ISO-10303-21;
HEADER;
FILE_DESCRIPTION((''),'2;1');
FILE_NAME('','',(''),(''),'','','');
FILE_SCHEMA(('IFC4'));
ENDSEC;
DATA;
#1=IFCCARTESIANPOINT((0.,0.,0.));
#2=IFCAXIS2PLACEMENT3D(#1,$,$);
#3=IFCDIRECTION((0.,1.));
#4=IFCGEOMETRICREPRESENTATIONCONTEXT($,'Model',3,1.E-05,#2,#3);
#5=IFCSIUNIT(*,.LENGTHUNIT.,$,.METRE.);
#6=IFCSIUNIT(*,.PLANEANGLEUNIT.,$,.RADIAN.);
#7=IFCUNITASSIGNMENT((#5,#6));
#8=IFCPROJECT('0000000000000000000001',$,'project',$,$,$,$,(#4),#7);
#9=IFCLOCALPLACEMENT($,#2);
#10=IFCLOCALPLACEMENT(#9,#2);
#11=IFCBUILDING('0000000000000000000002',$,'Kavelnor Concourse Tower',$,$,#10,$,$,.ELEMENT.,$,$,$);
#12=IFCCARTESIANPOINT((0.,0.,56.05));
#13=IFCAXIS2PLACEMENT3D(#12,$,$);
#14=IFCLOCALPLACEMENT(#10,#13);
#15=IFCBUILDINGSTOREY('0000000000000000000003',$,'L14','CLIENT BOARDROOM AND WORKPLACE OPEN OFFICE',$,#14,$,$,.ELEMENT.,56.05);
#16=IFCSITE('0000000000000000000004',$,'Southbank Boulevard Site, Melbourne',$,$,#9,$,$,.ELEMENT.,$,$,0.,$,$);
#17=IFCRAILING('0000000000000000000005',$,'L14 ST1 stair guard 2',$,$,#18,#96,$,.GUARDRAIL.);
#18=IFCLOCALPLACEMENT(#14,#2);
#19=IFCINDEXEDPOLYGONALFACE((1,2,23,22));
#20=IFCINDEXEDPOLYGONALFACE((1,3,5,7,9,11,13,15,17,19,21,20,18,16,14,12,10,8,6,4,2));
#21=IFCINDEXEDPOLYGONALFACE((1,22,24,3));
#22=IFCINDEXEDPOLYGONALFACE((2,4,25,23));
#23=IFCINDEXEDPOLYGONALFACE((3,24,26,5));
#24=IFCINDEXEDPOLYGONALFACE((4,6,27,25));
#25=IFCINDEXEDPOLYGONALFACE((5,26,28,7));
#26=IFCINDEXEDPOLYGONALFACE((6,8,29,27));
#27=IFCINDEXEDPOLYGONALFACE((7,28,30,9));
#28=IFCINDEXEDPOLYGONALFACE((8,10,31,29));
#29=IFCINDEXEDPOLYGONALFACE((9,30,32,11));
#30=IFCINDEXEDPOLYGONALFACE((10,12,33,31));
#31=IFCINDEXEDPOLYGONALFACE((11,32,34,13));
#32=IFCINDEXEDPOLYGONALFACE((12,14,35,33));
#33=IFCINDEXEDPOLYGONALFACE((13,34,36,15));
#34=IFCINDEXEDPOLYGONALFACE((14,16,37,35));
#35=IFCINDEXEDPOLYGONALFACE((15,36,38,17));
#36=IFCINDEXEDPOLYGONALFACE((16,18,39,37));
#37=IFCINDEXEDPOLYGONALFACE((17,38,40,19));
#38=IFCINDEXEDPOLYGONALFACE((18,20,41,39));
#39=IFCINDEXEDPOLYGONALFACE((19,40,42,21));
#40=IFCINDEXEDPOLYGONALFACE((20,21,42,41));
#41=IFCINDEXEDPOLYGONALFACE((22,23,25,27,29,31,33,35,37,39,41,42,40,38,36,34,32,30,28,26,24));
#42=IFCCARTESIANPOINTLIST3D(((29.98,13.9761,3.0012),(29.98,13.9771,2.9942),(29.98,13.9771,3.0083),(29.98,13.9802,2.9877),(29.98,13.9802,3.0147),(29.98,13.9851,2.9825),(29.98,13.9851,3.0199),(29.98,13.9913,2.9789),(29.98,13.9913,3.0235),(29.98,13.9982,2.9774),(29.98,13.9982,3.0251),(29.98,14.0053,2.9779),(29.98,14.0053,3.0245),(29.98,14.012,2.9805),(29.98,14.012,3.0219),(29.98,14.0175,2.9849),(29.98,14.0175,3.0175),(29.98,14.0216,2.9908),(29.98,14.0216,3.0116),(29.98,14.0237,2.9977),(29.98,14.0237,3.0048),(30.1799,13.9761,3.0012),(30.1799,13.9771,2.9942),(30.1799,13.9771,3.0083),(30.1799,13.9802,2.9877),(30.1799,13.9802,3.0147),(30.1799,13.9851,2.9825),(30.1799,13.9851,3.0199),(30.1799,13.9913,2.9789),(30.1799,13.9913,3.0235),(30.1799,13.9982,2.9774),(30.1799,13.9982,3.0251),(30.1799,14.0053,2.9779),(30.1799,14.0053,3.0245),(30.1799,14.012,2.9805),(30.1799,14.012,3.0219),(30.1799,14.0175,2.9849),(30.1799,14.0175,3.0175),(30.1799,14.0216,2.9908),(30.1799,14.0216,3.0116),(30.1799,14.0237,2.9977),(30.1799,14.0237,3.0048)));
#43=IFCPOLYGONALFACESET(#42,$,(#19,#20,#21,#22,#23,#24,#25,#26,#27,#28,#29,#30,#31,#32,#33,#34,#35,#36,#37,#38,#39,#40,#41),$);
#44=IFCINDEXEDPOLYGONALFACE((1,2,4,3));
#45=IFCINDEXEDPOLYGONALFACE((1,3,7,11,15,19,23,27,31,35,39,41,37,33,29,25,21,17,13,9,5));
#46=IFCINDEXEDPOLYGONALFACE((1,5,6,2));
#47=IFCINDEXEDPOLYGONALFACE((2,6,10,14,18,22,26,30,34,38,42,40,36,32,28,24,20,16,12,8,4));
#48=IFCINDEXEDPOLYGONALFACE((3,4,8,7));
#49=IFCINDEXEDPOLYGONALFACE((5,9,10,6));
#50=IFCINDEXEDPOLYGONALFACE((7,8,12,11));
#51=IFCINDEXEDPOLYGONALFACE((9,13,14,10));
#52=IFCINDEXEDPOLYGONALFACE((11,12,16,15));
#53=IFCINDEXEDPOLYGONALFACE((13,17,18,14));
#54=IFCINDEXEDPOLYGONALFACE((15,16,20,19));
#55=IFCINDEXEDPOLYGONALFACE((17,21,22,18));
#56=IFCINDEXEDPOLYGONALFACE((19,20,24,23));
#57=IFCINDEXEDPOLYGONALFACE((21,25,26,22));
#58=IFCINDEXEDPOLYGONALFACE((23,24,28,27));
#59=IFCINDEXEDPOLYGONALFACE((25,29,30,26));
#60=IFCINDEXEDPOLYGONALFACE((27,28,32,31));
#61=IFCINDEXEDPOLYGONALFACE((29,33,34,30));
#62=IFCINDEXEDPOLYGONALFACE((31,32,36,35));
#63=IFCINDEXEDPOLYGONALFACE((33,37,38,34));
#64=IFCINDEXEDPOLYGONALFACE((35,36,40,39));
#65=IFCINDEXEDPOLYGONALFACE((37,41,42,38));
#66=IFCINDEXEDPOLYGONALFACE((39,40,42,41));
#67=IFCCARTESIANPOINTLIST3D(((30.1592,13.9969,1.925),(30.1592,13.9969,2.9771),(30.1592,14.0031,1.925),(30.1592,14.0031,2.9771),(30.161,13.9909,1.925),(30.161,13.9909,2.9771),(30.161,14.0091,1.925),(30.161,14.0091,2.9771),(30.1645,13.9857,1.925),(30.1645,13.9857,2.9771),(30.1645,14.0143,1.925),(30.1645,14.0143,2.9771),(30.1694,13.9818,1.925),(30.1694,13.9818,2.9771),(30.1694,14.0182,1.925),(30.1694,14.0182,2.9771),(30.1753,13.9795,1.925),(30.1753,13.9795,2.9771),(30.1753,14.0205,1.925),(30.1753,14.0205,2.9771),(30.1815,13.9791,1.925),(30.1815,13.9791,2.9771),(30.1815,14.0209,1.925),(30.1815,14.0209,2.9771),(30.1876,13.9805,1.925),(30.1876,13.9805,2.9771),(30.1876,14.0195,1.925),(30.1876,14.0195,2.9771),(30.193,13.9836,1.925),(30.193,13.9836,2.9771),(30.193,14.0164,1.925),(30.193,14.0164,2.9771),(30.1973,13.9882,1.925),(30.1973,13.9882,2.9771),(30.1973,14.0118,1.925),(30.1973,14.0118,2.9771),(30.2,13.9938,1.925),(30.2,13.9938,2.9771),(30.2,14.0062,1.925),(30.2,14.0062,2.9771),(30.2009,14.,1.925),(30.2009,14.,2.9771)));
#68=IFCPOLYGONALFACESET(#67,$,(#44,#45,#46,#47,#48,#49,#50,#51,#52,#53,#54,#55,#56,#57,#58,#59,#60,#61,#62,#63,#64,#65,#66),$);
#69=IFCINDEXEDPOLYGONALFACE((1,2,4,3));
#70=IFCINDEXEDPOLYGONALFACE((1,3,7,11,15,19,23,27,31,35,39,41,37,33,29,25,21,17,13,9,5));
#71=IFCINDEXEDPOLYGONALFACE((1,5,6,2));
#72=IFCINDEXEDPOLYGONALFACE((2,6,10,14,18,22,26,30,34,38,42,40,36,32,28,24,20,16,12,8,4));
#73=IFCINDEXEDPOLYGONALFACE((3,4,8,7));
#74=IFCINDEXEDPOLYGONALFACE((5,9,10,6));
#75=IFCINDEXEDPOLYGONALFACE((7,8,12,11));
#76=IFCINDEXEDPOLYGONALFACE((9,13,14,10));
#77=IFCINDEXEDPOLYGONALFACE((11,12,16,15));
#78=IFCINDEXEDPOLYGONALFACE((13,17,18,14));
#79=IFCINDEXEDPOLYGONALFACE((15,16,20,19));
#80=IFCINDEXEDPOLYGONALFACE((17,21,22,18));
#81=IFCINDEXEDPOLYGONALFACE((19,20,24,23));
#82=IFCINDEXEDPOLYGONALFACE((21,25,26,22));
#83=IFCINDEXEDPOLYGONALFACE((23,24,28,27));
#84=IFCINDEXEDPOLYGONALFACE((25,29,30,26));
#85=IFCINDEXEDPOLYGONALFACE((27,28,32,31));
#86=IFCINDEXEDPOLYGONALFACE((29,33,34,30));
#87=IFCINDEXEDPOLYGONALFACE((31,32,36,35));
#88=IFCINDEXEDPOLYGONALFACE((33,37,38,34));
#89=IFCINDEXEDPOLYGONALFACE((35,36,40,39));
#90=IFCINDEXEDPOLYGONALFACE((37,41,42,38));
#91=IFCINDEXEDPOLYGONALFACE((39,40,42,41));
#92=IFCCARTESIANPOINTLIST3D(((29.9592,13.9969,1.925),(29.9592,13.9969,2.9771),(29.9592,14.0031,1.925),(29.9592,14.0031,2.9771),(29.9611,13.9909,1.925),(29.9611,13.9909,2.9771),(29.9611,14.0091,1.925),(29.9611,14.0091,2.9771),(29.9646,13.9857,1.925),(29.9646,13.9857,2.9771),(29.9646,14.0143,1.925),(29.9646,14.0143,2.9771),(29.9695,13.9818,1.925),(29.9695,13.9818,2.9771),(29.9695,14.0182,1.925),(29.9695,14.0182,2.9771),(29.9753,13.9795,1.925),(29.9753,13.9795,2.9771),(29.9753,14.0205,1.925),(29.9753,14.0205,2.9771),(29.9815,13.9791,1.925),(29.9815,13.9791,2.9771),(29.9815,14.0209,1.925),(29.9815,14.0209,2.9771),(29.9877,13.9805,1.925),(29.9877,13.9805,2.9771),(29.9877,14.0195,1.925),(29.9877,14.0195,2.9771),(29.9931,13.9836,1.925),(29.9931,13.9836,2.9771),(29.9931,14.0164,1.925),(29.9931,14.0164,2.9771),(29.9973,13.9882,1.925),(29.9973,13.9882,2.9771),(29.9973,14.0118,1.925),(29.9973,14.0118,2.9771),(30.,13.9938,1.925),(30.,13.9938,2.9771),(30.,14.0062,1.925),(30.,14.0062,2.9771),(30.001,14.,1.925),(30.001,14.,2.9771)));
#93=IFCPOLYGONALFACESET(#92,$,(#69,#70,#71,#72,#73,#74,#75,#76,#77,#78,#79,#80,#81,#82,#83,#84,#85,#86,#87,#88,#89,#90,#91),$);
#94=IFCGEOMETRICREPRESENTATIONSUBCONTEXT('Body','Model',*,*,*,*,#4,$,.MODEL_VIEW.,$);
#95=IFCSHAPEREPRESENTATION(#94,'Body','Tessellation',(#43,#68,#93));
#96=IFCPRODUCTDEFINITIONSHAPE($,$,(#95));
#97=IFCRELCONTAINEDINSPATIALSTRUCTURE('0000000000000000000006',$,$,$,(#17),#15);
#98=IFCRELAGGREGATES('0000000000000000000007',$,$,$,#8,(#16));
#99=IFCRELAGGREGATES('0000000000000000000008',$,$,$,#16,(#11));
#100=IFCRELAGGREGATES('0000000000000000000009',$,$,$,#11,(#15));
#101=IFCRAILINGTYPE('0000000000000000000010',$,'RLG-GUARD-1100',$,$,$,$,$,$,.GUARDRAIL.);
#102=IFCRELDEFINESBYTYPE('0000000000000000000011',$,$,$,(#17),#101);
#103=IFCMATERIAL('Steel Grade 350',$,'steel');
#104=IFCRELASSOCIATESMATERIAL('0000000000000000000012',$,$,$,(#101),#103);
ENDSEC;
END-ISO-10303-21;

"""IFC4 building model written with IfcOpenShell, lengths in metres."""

from ifc_helpers import new_model, si_unit, direction, frame, origin, origin_2d, place, context, subcontext, project, spatial, circle, extrude, material, type_object, element, save


model = new_model("IFC4")

# Units and contexts
model_context = context("Model", 3, precision=1e-05, world=origin(), true_north=direction((0.0, 1.0)))
body_context = subcontext(model_context, "Body", "Model", "MODEL_VIEW")
ifc_project = project(units=[si_unit("LENGTHUNIT", "METRE"), si_unit("PLANEANGLEUNIT", "RADIAN")], contexts=[model_context])

# Site, building, storey
site_placement = place(None, origin())
site = spatial("IfcSite", under=ifc_project, at=site_placement, Name="Southbank Boulevard Site, Melbourne", CompositionType="ELEMENT", RefElevation=0.0)
building_placement = place(site_placement, origin())
building = spatial("IfcBuilding", under=site, at=building_placement, Name="Kavelnor Concourse Tower", CompositionType="ELEMENT")
storey_placement = place(building_placement, frame((0.0, 0.0, 56.05)))
storey = spatial("IfcBuildingStorey", under=building, at=storey_placement, Name="L14", Description="CLIENT BOARDROOM AND WORKPLACE OPEN OFFICE", CompositionType="ELEMENT", Elevation=56.05)

# Shared definitions
ifc_material_1 = material(Name="Steel Grade 350", Category="steel")

# Railing
railing_type_1 = type_object("IfcRailingType", Name="RLG-GUARD-1100", PredefinedType="GUARDRAIL", material=ifc_material_1)
railing_1_placement = place(storey_placement, frame((30.1799, 14.0, 1.925)))
element("IfcRailing", 1, at=railing_1_placement, inside=storey, type_object=railing_type_1, Name="L14 ST1 stair guard 2", PredefinedType="GUARDRAIL", context=body_context, shape_type="SweptSolid", body=[
    extrude(circle(Radius=0.0239, at=origin_2d()), frame((0.0, 0.0, 1.0762), z_axis=(-1.0, 0.0, 0.0), x_axis=(0.0, -1.0, 0.0)), (0.0, 0.0, 1.0), 0.2),
    extrude(circle(Radius=0.021, at=origin_2d()), origin(), (0.0, 0.0, 1.0), 1.052),
    extrude(circle(Radius=0.021, at=origin_2d()), frame((-0.2, 0.0, 0.0)), (0.0, 0.0, 1.0), 1.052),
])

save(model, "model.ifc")
